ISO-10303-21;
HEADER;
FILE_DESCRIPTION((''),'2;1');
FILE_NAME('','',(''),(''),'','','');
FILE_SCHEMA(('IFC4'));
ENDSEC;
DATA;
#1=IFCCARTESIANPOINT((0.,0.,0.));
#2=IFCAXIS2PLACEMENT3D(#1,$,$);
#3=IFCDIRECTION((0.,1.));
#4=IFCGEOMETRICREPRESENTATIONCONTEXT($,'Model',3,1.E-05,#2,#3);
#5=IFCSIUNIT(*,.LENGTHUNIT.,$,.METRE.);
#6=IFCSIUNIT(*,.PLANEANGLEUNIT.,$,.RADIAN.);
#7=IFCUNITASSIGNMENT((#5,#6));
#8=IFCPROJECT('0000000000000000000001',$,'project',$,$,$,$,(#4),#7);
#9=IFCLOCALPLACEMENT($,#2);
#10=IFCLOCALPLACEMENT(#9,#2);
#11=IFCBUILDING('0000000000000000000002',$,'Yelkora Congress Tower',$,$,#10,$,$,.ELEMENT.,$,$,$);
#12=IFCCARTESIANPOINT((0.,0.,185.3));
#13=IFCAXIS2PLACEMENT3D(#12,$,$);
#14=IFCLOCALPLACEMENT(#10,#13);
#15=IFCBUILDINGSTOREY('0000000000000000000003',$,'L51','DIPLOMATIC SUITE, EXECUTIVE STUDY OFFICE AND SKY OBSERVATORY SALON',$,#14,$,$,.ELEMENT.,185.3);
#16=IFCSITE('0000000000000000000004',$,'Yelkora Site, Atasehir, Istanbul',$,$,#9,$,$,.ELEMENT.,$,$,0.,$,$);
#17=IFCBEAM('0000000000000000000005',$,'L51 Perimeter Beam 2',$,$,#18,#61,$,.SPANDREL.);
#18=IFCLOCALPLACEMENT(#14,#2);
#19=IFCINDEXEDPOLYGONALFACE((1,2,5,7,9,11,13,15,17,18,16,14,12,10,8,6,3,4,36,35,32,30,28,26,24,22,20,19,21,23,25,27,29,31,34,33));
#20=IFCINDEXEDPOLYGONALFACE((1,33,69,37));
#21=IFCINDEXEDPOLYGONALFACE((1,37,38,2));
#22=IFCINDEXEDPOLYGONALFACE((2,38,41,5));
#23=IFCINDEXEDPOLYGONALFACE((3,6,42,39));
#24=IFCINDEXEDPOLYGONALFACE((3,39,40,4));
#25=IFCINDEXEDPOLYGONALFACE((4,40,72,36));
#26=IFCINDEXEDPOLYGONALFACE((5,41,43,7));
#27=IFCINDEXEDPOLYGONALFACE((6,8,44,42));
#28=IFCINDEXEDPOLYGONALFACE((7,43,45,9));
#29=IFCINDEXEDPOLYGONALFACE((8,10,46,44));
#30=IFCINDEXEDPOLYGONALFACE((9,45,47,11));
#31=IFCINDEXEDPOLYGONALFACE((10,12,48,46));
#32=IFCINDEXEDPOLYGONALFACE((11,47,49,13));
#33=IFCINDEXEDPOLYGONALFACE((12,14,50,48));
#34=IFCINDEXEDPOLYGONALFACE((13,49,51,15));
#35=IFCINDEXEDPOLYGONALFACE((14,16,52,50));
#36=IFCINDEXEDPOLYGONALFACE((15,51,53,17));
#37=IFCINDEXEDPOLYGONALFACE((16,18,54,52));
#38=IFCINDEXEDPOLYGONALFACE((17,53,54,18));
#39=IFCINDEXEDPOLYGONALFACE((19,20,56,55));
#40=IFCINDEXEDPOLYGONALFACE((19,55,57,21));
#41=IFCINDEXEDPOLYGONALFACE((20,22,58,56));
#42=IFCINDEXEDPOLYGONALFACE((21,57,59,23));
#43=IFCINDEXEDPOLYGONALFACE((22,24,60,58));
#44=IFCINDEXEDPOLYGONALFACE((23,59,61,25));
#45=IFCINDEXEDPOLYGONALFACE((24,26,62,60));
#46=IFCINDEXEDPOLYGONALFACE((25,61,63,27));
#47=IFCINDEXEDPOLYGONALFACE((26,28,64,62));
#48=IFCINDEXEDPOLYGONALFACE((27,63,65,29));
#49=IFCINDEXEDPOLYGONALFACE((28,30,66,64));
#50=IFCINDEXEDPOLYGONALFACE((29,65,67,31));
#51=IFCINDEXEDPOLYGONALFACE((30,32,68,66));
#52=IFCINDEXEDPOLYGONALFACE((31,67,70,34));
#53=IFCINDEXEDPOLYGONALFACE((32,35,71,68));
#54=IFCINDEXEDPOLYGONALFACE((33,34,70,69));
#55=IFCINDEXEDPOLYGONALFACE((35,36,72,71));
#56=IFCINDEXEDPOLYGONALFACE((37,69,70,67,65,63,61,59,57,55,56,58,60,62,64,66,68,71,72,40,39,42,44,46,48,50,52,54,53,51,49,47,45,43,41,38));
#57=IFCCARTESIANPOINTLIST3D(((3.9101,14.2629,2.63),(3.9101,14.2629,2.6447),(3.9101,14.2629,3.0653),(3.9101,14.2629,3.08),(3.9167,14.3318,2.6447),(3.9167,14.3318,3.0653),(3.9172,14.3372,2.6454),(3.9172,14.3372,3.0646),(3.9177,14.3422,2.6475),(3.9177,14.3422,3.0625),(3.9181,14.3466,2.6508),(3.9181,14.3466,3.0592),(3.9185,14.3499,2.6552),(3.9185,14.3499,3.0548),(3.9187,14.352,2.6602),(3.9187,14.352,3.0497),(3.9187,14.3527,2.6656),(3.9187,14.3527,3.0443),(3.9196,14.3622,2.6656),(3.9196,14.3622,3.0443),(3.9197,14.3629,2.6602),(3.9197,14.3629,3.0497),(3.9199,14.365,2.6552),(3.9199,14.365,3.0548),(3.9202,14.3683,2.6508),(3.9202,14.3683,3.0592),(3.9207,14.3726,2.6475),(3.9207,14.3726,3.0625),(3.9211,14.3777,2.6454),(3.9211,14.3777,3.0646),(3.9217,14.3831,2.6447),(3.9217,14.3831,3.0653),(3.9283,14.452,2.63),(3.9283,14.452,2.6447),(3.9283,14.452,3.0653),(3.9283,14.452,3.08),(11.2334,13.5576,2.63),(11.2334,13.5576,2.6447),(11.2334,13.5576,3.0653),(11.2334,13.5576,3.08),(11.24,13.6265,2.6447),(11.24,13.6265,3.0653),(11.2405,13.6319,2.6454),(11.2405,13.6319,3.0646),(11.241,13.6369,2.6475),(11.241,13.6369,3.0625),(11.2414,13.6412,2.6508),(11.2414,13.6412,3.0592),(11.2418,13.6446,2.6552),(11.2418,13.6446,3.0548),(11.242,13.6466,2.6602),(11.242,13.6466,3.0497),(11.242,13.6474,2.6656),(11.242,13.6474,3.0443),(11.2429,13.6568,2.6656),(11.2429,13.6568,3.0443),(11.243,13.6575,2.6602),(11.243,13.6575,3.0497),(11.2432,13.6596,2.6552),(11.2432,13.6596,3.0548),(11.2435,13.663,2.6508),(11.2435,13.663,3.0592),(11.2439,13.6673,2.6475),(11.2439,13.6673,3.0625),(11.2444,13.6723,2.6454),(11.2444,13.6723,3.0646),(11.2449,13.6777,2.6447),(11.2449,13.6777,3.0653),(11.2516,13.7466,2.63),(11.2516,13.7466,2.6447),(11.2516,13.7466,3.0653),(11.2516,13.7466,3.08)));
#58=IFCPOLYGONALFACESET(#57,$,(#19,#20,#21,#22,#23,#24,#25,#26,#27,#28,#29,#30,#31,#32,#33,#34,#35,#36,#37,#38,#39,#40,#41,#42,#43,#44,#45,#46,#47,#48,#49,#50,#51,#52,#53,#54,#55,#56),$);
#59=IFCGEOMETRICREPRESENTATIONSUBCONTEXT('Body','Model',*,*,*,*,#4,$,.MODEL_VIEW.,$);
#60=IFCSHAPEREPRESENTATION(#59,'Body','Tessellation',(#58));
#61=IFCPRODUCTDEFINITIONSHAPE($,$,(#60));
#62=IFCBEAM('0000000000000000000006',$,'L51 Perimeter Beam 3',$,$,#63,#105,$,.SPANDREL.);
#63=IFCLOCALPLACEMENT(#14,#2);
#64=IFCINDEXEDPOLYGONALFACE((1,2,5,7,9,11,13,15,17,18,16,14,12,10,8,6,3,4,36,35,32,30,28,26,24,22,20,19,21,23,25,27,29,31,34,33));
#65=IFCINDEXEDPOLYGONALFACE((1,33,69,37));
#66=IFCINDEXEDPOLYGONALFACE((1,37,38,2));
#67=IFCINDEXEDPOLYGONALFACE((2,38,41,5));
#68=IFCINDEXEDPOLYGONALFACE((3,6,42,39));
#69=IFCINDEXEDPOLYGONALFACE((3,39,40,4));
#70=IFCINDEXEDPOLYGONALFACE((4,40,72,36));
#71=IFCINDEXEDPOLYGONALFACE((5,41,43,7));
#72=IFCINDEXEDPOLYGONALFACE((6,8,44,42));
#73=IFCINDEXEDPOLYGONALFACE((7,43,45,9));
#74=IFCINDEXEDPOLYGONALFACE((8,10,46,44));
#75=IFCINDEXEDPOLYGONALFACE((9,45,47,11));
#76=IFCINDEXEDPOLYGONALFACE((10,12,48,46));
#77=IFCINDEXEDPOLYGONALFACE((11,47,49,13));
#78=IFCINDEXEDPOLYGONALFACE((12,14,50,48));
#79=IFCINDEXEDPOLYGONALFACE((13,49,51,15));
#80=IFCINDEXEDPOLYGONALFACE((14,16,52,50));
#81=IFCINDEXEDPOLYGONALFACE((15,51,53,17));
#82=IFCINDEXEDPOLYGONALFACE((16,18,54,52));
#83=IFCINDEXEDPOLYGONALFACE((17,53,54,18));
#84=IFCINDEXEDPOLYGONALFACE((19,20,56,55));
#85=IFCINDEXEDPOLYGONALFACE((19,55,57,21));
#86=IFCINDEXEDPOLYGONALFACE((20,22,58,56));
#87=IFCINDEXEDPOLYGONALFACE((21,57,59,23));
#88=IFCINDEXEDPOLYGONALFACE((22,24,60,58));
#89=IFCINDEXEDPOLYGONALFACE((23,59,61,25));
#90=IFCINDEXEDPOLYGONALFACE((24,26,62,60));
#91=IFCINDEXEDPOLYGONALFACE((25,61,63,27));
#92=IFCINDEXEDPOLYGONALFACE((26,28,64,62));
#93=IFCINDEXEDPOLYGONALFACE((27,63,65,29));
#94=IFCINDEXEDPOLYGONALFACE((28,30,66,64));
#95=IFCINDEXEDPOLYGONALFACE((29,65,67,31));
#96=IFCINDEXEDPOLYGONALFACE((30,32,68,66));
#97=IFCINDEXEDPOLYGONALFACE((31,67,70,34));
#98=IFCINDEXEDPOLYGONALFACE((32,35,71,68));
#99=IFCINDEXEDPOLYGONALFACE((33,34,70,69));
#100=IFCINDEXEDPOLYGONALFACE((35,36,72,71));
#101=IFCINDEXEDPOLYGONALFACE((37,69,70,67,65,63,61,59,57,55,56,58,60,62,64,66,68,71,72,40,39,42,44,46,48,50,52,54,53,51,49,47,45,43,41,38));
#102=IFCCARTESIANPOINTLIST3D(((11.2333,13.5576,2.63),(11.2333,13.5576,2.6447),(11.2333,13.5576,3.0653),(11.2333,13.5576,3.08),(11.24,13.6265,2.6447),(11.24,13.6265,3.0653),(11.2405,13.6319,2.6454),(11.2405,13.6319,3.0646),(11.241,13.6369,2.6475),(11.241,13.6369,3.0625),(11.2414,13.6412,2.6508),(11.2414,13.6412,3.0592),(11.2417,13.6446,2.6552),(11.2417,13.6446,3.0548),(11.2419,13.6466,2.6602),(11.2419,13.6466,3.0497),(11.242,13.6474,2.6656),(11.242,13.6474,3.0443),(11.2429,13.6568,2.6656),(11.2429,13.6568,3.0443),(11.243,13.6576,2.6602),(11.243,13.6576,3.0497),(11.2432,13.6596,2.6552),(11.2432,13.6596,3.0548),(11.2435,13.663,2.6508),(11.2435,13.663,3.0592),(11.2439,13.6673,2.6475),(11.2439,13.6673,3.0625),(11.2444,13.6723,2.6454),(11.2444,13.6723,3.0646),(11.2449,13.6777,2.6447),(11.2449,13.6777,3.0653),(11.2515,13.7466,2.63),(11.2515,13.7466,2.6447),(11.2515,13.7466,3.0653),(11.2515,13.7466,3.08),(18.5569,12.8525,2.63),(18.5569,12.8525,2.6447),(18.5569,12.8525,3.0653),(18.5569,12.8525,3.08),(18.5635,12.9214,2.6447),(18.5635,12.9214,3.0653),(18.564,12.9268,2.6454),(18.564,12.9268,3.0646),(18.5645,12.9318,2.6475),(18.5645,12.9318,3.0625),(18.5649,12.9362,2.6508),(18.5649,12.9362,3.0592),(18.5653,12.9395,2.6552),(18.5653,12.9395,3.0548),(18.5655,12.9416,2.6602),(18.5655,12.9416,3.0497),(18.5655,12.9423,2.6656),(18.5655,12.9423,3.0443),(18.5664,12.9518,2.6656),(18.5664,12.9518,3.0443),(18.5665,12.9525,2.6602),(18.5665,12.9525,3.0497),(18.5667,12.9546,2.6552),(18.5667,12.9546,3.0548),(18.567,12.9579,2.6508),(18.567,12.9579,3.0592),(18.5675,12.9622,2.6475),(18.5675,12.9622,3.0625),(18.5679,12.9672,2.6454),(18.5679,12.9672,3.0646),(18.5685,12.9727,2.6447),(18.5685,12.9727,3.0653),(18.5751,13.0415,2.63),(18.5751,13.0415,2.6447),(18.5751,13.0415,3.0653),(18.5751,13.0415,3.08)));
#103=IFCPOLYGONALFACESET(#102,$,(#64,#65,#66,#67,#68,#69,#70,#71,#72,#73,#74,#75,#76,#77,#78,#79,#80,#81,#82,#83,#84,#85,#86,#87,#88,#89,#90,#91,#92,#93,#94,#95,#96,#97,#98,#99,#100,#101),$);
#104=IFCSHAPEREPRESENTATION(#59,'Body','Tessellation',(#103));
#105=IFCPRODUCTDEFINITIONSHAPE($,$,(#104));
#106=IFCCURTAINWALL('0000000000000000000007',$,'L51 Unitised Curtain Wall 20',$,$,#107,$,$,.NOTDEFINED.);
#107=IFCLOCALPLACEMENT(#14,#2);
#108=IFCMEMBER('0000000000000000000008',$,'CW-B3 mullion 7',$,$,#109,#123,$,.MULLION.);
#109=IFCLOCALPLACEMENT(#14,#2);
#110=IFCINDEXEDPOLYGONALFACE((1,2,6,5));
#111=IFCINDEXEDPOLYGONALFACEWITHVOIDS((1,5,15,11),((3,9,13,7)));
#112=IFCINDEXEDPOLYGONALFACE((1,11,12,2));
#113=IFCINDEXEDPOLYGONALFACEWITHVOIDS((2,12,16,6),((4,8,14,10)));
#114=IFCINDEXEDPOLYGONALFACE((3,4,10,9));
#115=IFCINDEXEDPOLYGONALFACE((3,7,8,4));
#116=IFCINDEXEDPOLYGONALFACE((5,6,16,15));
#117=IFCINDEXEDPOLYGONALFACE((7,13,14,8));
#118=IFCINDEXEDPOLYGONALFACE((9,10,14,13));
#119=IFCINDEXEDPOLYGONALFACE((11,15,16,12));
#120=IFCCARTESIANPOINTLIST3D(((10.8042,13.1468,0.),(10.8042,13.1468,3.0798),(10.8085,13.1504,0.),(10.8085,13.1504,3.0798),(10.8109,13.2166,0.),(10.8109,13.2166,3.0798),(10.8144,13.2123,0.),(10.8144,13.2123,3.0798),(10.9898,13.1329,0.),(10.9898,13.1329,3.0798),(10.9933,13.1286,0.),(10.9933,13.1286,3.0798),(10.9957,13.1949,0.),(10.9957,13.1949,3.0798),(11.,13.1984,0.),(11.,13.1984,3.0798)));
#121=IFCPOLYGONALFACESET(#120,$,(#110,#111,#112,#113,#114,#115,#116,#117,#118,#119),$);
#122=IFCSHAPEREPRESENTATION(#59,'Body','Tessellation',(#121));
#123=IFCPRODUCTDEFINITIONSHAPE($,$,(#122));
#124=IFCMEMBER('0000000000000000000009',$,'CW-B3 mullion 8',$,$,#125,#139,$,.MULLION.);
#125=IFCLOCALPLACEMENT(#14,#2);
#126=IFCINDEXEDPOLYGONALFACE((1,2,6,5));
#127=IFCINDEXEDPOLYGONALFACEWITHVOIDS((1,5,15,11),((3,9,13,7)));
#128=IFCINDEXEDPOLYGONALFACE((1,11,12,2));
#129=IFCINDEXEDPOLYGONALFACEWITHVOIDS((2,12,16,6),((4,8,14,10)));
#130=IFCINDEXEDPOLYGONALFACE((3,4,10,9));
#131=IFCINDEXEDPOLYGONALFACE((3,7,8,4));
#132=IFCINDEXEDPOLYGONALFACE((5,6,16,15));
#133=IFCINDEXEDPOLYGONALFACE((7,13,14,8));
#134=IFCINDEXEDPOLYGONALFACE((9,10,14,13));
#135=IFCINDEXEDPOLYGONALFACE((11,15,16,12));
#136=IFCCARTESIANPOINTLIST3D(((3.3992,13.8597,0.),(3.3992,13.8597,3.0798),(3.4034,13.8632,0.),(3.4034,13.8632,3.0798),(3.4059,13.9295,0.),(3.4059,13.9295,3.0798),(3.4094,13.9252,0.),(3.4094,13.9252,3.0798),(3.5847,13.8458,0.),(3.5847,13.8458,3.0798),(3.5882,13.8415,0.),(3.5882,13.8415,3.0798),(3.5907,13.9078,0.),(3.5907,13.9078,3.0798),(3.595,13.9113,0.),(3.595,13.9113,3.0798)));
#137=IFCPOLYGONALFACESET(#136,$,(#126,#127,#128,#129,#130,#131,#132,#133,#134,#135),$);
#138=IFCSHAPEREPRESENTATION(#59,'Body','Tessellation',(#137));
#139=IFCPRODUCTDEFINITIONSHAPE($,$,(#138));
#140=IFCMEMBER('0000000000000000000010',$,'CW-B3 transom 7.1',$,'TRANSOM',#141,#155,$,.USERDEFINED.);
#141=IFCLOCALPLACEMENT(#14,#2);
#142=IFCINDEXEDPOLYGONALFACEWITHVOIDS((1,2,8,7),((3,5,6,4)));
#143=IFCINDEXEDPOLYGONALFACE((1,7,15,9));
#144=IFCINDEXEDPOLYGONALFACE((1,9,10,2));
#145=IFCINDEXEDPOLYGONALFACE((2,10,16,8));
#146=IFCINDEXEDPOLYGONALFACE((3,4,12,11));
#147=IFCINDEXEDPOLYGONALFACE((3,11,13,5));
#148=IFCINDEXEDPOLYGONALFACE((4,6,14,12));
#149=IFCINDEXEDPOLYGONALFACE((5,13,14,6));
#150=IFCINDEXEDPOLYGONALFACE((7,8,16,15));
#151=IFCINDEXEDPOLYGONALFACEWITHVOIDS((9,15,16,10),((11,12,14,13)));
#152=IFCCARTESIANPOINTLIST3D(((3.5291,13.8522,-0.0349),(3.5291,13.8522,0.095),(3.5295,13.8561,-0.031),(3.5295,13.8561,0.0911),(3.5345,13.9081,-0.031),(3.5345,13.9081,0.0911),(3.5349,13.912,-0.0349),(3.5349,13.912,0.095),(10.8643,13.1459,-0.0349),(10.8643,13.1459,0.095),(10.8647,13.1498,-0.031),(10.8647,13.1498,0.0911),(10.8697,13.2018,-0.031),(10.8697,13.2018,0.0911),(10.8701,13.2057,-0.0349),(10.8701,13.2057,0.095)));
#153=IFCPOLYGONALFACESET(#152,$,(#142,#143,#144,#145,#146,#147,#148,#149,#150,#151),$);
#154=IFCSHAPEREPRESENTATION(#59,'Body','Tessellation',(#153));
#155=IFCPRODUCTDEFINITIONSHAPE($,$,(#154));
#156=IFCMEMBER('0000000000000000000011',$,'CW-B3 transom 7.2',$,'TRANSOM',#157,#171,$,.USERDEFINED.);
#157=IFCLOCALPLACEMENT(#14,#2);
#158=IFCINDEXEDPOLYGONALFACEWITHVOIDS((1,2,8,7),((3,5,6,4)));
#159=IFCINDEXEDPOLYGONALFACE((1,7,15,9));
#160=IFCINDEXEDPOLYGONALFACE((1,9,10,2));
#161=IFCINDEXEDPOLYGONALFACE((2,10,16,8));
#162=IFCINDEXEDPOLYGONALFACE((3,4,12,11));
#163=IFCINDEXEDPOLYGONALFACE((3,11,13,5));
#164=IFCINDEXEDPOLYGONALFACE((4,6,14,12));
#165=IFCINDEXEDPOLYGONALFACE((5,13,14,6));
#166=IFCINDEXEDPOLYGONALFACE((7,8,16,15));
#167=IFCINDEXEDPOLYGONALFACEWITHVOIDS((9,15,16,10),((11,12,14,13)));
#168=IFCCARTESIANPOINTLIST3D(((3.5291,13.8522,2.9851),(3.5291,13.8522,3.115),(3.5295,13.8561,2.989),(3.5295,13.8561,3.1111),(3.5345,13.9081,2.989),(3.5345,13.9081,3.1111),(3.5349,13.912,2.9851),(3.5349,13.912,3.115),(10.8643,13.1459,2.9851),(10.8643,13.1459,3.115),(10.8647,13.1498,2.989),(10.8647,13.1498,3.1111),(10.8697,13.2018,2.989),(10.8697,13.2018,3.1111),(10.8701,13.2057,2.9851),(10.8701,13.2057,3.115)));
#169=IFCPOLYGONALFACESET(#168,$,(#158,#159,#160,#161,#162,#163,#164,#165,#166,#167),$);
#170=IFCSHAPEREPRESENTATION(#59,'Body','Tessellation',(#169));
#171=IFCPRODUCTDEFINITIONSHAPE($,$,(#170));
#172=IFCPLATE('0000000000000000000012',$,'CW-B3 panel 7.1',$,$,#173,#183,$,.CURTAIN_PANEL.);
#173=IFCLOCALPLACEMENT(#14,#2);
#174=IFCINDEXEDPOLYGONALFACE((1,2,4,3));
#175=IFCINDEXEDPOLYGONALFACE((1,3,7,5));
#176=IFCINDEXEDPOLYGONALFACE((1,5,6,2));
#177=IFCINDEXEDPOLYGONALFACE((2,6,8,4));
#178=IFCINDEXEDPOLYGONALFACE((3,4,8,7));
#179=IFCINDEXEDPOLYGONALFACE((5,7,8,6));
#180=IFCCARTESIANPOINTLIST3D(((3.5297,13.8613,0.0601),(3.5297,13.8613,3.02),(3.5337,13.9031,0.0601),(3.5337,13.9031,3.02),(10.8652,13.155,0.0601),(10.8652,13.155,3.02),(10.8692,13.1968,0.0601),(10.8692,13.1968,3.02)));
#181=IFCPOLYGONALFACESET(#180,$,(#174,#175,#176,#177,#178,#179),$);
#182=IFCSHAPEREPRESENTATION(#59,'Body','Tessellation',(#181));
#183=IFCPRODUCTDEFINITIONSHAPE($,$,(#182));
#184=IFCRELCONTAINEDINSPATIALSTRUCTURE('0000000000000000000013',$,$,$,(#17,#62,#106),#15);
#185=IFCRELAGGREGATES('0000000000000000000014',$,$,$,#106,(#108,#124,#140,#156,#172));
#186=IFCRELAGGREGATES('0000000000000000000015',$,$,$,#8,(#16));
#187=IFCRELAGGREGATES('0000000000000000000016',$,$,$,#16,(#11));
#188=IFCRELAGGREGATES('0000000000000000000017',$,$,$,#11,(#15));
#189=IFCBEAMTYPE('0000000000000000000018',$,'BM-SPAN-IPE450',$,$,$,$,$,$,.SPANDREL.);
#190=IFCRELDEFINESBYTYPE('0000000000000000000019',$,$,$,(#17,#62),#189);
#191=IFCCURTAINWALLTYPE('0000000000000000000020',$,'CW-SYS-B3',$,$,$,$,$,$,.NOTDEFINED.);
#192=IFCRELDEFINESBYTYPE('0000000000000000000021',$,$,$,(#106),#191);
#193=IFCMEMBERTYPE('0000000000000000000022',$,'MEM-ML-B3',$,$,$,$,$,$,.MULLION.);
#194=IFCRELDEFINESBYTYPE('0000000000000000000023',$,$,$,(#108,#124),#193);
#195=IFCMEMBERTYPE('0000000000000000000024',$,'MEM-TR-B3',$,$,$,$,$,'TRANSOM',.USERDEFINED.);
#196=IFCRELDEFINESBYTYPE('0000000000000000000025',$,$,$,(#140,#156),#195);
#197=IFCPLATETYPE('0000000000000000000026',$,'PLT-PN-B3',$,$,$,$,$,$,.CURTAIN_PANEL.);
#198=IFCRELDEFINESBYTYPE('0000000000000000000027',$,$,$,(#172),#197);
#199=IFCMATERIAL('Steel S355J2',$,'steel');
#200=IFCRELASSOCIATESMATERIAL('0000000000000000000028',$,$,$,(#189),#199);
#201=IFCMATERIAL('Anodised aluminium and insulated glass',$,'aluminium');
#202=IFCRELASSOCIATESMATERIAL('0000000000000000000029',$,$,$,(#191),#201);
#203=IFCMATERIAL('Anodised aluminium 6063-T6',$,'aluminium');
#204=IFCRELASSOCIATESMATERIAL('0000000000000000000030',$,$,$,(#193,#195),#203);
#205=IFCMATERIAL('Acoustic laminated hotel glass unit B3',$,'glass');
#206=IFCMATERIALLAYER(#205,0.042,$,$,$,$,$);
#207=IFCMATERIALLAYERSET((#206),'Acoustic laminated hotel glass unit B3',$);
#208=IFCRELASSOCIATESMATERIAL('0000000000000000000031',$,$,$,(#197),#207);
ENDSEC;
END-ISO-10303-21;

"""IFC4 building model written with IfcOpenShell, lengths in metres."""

from ifc_helpers import new_model, si_unit, direction, frame, origin, origin_2d, place, context, subcontext, project, spatial, rectangle, hollow_rectangle, i_section, extrude, material, layer, layer_set, material_profile, profile_set, type_object, element, aggregate, save


model = new_model("IFC4")

# Units and contexts
model_context = context("Model", 3, precision=1e-05, world=origin(), true_north=direction((0.0, 1.0)))
body_context = subcontext(model_context, "Body", "Model", "MODEL_VIEW")
ifc_project = project(units=[si_unit("LENGTHUNIT", "METRE"), si_unit("PLANEANGLEUNIT", "RADIAN")], contexts=[model_context])

# Site, building, storey
site_placement = place(None, origin())
site = spatial("IfcSite", under=ifc_project, at=site_placement, Name="Yelkora Site, Atasehir, Istanbul", CompositionType="ELEMENT", RefElevation=0.0)
building_placement = place(site_placement, origin())
building = spatial("IfcBuilding", under=site, at=building_placement, Name="Yelkora Congress Tower", CompositionType="ELEMENT")
storey_placement = place(building_placement, frame((0.0, 0.0, 185.3)))
storey = spatial("IfcBuildingStorey", under=building, at=storey_placement, Name="L51", Description="DIPLOMATIC SUITE, EXECUTIVE STUDY OFFICE AND SKY OBSERVATORY SALON", CompositionType="ELEMENT", Elevation=185.3)

# Beams
ifc_material_1 = material(Name="Steel S355J2", Category="steel")
ifc_material_profile_1 = material_profile(ifc_material_1, i_section(OverallWidth=0.1899, OverallDepth=0.45, WebThickness=0.0095, FlangeThickness=0.0146, FilletRadius=0.021, at=origin_2d()), Name="IPE 450")
ifc_profile_set_1 = profile_set([ifc_material_profile_1], Name="Steel S355J2")
beam_type_1 = type_object("IfcBeamType", Name="BM-SPAN-IPE450", PredefinedType="SPANDREL", material=ifc_profile_set_1)
beam_1_placement = place(storey_placement, frame((3.9192, 14.3574, 2.855), z_axis=(0.995394, -0.095869, 0.0), x_axis=(0.095869, 0.995394, 0.0)))
element("IfcBeam", 1, at=beam_1_placement, inside=storey, type_object=beam_type_1, Name="L51 Perimeter Beam 2", PredefinedType="SPANDREL", context=body_context, shape_type="SweptSolid", body=[
    extrude(i_section(OverallWidth=0.1899, OverallDepth=0.45, WebThickness=0.0095, FlangeThickness=0.0146, FilletRadius=0.021, at=origin_2d()), origin(), (0.0, 0.0, 1.0), 7.3572),
])
beam_2_placement = place(storey_placement, frame((11.2424, 13.6521, 2.855), z_axis=(0.995397, -0.095833, 0.0), x_axis=(0.095833, 0.995397, 0.0)))
element("IfcBeam", 2, at=beam_2_placement, inside=storey, type_object=beam_type_1, Name="L51 Perimeter Beam 3", PredefinedType="SPANDREL", context=body_context, shape_type="SweptSolid", body=[
    extrude(i_section(OverallWidth=0.1899, OverallDepth=0.45, WebThickness=0.0095, FlangeThickness=0.0146, FilletRadius=0.021, at=origin_2d()), origin(), (0.0, 0.0, 1.0), 7.3574),
])

# Curtain wall, members, plate
ifc_material_2 = material(Name="Anodised aluminium and insulated glass", Category="aluminium")
curtain_wall_type = type_object("IfcCurtainWallType", Name="CW-SYS-B3", PredefinedType="NOTDEFINED", material=ifc_material_2)
curtain_wall_placement = place(storey_placement, origin())
curtain_wall = element("IfcCurtainWall", 3, at=curtain_wall_placement, inside=storey, type_object=curtain_wall_type, Name="L51 Unitised Curtain Wall 20", PredefinedType="NOTDEFINED")
ifc_material_3 = material(Name="Anodised aluminium 6063-T6", Category="aluminium")
ifc_material_profile_2 = material_profile(ifc_material_3, hollow_rectangle(XDim=0.0701, YDim=0.1899, WallThickness=0.0039, at=origin_2d()), Name="ALU 70x190x4")
ifc_profile_set_2 = profile_set([ifc_material_profile_2], Name="Anodised aluminium 6063-T6")
member_type_1 = type_object("IfcMemberType", Name="MEM-ML-B3", PredefinedType="MULLION", material=ifc_profile_set_2)
member_1_placement = place(storey_placement, frame((10.9021, 13.1726, 0.0), z_axis=(0.0, 0.0, 1.0), x_axis=(-0.095845, -0.995396, 0.0)))
member_1 = element("IfcMember", 4, at=member_1_placement, type_object=member_type_1, Name="CW-B3 mullion 7", PredefinedType="MULLION", context=body_context, shape_type="SweptSolid", body=[
    extrude(hollow_rectangle(XDim=0.0701, YDim=0.1899, WallThickness=0.0039, at=origin_2d()), origin(), (0.0, 0.0, 1.0), 3.0798),
])
member_2_placement = place(storey_placement, frame((3.4971, 13.8855, 0.0), z_axis=(0.0, 0.0, 1.0), x_axis=(-0.095845, -0.995396, 0.0)))
member_2 = element("IfcMember", 5, at=member_2_placement, type_object=member_type_1, Name="CW-B3 mullion 8", PredefinedType="MULLION", context=body_context, shape_type="SweptSolid", body=[
    extrude(hollow_rectangle(XDim=0.0701, YDim=0.1899, WallThickness=0.0039, at=origin_2d()), origin(), (0.0, 0.0, 1.0), 3.0798),
])
ifc_material_profile_3 = material_profile(ifc_material_3, hollow_rectangle(XDim=0.0601, YDim=0.1299, WallThickness=0.0039, at=origin_2d()), Name="ALU 60x130x4")
ifc_profile_set_3 = profile_set([ifc_material_profile_3], Name="Anodised aluminium 6063-T6")
member_type_2 = type_object("IfcMemberType", Name="MEM-TR-B3", ElementType="TRANSOM", PredefinedType="USERDEFINED", material=ifc_profile_set_3)
member_3_placement = place(storey_placement, frame((10.8672, 13.1758, 0.03), z_axis=(-0.995396, 0.095846, 0.0), x_axis=(-0.095846, -0.995396, 0.0)))
member_3 = element("IfcMember", 6, at=member_3_placement, type_object=member_type_2, Name="CW-B3 transom 7.1", ObjectType="TRANSOM", PredefinedType="USERDEFINED", context=body_context, shape_type="SweptSolid", body=[
    extrude(hollow_rectangle(XDim=0.0601, YDim=0.1299, WallThickness=0.0039, at=origin_2d()), origin(), (0.0, 0.0, 1.0), 7.3691),
])
member_4_placement = place(storey_placement, frame((10.8672, 13.1758, 3.05), z_axis=(-0.995396, 0.095846, 0.0), x_axis=(-0.095846, -0.995396, 0.0)))
member_4 = element("IfcMember", 7, at=member_4_placement, type_object=member_type_2, Name="CW-B3 transom 7.2", ObjectType="TRANSOM", PredefinedType="USERDEFINED", context=body_context, shape_type="SweptSolid", body=[
    extrude(hollow_rectangle(XDim=0.0601, YDim=0.1299, WallThickness=0.0039, at=origin_2d()), origin(), (0.0, 0.0, 1.0), 7.3691),
])
ifc_material_4 = material(Name="Acoustic laminated hotel glass unit B3", Category="glass")
ifc_layer_1 = layer(ifc_material_4, 0.042)
ifc_layer_set_1 = layer_set([ifc_layer_1], Name="Acoustic laminated hotel glass unit B3")
plate_type = type_object("IfcPlateType", Name="PLT-PN-B3", PredefinedType="CURTAIN_PANEL", material=ifc_layer_set_1)
plate_placement = place(storey_placement, frame((7.1995, 13.5291, 0.0601), z_axis=(0.0, 0.0, 1.0), x_axis=(-0.995396, 0.095845, 0.0)))
plate = element("IfcPlate", 8, at=plate_placement, type_object=plate_type, Name="CW-B3 panel 7.1", PredefinedType="CURTAIN_PANEL", context=body_context, shape_type="SweptSolid", body=[
    extrude(rectangle(XDim=7.3694, YDim=0.042, at=origin_2d()), origin(), (0.0, 0.0, 1.0), 2.96),
])
aggregate(curtain_wall, [member_1, member_2, member_3, member_4, plate])

save(model, "model.ifc")
